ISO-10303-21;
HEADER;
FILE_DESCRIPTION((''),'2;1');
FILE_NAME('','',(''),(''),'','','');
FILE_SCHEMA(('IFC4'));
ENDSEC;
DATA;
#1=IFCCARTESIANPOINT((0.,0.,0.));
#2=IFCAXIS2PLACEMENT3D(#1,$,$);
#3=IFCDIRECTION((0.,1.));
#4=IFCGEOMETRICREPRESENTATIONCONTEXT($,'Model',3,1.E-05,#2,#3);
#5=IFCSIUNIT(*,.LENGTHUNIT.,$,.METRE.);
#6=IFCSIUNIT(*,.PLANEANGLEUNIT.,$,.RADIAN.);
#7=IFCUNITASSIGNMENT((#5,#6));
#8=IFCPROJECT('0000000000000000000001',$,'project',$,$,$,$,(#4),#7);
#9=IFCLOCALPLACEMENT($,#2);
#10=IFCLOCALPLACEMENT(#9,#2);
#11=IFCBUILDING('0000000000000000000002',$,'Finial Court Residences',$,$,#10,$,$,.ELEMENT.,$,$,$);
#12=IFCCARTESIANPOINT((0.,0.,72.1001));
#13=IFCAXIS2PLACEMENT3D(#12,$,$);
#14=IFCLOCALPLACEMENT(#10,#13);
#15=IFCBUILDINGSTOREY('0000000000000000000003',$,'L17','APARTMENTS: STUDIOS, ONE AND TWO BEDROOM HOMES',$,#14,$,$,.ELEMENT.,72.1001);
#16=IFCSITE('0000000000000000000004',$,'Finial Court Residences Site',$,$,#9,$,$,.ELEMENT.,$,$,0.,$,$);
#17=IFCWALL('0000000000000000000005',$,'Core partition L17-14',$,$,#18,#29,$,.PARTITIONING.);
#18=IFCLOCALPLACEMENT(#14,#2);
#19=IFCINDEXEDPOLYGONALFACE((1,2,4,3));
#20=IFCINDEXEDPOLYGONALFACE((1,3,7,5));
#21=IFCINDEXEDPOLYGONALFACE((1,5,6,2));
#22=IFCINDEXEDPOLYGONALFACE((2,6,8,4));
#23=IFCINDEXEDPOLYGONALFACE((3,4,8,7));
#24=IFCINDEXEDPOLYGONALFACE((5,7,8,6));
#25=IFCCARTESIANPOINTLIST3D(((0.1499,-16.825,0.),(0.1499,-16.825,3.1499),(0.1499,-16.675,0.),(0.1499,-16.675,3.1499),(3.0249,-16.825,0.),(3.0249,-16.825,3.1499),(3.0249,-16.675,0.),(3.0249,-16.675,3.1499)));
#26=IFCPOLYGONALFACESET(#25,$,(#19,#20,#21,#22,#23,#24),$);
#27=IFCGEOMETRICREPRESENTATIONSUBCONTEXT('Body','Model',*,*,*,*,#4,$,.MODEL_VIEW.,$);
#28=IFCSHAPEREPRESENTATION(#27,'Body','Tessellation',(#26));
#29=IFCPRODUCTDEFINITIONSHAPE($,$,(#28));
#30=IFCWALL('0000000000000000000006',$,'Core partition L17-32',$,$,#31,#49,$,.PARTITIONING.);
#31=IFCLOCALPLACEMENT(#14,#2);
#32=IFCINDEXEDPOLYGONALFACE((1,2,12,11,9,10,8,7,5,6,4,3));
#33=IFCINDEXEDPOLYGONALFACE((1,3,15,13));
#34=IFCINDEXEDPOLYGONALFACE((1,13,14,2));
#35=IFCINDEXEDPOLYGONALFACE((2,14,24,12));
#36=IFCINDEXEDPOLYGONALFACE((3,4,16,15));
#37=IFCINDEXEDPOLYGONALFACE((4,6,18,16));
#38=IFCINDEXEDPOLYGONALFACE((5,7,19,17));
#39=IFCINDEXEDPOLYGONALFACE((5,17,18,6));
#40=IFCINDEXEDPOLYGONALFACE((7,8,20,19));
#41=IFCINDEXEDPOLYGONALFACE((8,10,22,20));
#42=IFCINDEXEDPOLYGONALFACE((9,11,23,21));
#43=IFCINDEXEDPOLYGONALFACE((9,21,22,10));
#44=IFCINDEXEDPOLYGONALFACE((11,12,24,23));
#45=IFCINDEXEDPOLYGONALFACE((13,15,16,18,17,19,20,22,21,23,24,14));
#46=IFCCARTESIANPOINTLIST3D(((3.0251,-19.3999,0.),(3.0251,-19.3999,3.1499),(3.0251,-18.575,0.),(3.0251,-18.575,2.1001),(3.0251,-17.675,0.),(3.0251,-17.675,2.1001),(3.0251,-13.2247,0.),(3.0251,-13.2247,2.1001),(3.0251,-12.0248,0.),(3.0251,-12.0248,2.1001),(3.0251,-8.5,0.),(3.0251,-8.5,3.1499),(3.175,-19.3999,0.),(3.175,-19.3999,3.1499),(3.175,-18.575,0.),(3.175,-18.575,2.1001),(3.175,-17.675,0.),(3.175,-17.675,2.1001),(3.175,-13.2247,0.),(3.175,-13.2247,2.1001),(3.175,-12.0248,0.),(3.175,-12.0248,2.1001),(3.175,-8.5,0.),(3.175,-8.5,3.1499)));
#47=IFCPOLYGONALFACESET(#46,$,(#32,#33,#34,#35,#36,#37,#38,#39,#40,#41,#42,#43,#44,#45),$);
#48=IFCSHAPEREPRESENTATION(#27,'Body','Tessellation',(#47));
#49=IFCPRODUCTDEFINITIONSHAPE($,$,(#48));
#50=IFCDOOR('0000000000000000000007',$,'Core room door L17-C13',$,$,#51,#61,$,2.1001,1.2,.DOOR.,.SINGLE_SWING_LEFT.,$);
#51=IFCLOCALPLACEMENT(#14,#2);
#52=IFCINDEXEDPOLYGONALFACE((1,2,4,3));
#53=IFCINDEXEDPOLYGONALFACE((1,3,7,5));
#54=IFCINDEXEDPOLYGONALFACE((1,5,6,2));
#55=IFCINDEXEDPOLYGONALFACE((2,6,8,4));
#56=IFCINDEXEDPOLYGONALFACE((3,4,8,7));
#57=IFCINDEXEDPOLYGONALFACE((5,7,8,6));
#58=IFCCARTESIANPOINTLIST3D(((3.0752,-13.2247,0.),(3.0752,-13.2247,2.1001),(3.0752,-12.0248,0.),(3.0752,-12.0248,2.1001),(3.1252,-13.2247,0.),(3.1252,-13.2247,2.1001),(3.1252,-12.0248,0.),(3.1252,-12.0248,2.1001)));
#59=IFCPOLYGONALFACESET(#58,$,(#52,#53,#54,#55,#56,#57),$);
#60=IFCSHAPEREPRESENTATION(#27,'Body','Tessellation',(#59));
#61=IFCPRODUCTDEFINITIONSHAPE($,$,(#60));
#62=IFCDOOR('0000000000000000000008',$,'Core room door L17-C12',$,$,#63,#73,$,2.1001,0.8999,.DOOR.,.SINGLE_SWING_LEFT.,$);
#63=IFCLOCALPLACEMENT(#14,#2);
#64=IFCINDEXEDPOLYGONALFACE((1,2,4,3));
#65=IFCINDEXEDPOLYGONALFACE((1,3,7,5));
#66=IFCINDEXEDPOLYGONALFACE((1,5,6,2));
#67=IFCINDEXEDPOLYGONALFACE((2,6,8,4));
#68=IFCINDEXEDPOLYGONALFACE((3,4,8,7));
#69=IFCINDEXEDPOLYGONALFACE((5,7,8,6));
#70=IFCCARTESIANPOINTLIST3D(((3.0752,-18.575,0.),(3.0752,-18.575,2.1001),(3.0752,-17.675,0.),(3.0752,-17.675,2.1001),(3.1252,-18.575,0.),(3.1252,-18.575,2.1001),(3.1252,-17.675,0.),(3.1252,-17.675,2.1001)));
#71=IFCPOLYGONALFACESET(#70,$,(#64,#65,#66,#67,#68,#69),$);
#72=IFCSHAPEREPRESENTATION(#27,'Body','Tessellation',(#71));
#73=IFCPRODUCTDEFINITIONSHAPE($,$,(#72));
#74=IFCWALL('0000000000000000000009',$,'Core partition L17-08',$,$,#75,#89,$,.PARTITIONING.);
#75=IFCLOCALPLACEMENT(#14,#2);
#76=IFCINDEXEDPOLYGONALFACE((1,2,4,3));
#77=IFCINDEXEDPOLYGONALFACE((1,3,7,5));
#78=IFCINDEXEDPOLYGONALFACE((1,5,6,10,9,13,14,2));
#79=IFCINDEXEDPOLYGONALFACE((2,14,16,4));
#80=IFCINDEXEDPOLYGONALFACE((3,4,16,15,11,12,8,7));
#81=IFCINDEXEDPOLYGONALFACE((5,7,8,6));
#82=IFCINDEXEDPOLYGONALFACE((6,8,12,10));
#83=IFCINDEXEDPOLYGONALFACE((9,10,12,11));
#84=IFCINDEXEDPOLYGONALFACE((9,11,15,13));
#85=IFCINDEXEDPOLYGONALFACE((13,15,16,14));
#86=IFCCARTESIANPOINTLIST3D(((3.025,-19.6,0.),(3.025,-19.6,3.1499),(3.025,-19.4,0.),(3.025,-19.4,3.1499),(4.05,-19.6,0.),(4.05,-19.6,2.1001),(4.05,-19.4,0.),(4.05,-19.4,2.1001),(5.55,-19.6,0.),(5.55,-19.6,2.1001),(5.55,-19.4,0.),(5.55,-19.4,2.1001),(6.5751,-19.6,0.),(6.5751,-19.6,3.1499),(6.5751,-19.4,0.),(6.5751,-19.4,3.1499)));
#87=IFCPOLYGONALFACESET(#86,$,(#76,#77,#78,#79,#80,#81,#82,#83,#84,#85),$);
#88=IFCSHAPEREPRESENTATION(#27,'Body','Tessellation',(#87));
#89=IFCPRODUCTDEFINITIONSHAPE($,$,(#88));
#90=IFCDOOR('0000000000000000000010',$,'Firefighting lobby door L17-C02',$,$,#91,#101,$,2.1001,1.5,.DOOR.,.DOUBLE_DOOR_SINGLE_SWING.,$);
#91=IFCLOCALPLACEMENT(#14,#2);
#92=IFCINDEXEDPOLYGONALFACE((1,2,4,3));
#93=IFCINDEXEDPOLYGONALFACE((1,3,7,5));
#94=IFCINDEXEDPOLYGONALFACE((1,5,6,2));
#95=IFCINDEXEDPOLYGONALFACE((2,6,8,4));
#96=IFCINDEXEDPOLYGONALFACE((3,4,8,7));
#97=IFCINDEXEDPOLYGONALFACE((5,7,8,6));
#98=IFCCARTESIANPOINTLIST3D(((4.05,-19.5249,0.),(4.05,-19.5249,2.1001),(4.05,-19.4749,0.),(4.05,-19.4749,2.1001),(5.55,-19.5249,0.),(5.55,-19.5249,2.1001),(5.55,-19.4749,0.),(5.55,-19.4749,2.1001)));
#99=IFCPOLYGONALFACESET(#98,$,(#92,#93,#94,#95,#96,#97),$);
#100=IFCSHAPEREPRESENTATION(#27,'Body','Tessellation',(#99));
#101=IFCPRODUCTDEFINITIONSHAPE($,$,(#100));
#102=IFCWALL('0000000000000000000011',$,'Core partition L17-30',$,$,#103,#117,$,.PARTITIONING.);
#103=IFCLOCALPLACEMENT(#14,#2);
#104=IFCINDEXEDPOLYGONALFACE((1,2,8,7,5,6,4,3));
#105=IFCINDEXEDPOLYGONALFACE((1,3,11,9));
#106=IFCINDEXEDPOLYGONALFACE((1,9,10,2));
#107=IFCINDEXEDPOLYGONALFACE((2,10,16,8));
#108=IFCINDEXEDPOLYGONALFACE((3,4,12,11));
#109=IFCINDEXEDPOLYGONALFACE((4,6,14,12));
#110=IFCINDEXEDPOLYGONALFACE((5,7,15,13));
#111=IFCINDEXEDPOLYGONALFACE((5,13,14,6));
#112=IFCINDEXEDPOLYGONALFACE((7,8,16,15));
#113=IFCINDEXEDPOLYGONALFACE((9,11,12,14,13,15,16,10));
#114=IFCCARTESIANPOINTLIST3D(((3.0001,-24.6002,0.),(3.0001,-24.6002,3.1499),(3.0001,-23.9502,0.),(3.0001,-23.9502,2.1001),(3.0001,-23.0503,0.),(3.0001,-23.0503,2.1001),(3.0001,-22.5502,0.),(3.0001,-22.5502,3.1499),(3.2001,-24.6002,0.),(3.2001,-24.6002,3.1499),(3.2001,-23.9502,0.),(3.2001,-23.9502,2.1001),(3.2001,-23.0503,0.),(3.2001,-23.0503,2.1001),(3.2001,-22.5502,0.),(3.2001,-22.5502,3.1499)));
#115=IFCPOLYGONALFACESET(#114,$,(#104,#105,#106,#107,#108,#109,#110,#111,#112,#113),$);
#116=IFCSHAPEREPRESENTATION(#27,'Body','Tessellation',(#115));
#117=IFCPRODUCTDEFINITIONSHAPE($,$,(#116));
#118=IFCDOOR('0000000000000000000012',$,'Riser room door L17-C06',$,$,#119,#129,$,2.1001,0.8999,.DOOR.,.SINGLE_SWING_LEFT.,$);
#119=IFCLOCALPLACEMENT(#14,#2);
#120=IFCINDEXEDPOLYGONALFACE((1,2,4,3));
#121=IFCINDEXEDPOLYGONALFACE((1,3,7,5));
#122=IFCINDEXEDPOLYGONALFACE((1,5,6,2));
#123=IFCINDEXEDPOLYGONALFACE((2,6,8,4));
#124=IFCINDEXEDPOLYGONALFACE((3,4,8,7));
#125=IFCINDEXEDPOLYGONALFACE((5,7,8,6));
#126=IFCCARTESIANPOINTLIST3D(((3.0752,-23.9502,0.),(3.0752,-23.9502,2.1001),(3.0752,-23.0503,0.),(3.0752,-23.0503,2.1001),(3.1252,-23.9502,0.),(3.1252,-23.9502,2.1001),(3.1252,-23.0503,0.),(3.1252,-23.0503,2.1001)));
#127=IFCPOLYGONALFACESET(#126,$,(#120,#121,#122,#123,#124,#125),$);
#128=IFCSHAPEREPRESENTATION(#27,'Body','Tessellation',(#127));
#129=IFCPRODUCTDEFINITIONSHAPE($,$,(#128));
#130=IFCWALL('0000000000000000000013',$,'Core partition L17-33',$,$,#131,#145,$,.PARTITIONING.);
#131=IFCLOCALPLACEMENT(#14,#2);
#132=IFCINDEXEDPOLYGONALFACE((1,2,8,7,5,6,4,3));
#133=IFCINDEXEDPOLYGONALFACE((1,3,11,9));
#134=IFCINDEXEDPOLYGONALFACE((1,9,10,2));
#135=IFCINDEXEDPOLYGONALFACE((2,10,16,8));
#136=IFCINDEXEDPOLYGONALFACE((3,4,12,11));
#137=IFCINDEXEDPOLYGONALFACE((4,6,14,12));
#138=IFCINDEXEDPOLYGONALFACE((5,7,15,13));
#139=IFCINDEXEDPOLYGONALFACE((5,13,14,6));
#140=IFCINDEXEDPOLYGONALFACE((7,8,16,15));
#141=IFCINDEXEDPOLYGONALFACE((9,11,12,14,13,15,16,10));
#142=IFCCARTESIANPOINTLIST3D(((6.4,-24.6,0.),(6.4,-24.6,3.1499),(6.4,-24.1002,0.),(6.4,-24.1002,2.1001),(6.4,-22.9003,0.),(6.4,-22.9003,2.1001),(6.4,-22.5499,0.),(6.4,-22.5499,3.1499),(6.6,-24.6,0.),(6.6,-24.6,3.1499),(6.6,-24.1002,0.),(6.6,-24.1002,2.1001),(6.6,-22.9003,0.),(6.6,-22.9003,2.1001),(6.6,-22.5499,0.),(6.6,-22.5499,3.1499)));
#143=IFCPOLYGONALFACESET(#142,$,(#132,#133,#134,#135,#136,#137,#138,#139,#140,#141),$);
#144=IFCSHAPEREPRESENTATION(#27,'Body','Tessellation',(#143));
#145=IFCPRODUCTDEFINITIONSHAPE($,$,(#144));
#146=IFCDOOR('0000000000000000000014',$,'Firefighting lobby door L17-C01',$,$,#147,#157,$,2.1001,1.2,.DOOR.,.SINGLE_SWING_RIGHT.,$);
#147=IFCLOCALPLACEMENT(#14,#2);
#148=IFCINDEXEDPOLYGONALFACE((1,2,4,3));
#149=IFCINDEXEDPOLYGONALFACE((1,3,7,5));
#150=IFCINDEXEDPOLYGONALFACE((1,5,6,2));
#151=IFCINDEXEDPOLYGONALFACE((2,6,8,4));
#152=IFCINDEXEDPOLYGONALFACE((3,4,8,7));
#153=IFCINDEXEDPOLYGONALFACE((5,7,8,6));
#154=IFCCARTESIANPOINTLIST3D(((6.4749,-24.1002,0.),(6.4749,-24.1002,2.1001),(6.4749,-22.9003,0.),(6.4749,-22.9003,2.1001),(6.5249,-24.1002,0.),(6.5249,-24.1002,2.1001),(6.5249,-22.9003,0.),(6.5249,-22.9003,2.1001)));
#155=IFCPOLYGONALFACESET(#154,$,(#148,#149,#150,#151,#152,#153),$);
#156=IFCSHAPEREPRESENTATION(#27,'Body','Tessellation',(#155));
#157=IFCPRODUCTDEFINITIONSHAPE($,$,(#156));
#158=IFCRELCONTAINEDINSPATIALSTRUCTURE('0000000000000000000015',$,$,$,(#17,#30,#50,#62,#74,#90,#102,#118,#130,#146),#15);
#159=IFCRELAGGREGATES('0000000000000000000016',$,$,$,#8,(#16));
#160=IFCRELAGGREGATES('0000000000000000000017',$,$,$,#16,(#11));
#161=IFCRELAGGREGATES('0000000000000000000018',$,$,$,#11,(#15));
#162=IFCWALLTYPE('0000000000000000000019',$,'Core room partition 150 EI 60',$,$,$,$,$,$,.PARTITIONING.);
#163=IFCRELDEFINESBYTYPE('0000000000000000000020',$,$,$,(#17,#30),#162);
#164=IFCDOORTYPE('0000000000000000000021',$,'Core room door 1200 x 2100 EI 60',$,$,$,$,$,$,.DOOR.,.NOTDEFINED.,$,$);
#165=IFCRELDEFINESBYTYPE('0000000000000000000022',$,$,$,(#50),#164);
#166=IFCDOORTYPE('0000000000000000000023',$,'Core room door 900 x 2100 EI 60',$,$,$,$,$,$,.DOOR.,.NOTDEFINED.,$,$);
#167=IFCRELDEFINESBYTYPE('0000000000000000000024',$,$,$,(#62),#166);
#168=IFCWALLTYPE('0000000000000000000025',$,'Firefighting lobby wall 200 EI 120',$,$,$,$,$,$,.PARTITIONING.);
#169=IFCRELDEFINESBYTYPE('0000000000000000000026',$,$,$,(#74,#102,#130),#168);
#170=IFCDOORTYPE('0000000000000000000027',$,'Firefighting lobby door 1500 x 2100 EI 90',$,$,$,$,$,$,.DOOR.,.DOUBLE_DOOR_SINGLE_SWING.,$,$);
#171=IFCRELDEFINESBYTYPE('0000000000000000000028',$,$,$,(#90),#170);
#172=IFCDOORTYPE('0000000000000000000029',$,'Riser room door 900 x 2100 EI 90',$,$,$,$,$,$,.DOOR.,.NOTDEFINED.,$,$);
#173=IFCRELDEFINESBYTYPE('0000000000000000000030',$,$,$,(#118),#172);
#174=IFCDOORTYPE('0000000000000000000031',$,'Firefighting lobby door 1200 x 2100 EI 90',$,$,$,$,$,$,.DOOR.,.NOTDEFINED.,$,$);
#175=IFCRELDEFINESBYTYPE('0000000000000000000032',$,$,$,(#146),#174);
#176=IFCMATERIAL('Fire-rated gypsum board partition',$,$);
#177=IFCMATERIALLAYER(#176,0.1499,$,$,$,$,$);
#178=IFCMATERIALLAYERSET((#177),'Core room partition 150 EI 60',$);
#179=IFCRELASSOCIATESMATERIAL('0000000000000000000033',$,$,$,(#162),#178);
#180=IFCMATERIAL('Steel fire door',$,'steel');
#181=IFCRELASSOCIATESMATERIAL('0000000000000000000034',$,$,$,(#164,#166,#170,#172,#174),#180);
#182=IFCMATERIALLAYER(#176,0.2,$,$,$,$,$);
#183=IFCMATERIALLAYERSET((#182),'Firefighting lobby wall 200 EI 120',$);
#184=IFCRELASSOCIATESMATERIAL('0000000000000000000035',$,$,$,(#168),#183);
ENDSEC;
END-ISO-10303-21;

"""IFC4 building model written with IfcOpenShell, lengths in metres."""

from ifc_helpers import new_model, si_unit, direction, frame, frame_2d, origin, place, context, subcontext, project, spatial, rectangle, extrude, material, layer, layer_set, type_object, element, fill, save


model = new_model("IFC4")

# Units and contexts
model_context = context("Model", 3, precision=1e-05, world=origin(), true_north=direction((0.0, 1.0)))
body_context = subcontext(model_context, "Body", "Model", "MODEL_VIEW")
ifc_project = project(units=[si_unit("LENGTHUNIT", "METRE"), si_unit("PLANEANGLEUNIT", "RADIAN")], contexts=[model_context])

# Site, building, storey
site_placement = place(None, origin())
site = spatial("IfcSite", under=ifc_project, at=site_placement, Name="Finial Court Residences Site", CompositionType="ELEMENT", RefElevation=0.0)
building_placement = place(site_placement, origin())
building = spatial("IfcBuilding", under=site, at=building_placement, Name="Finial Court Residences", CompositionType="ELEMENT")
storey_placement = place(building_placement, frame((0.0, 0.0, 72.1001)))
storey = spatial("IfcBuildingStorey", under=building, at=storey_placement, Name="L17", Description="APARTMENTS: STUDIOS, ONE AND TWO BEDROOM HOMES", CompositionType="ELEMENT", Elevation=72.1001)

# Wall
ifc_material_1 = material(Name="Fire-rated gypsum board partition")
ifc_layer_1 = layer(ifc_material_1, 0.1499)
ifc_layer_set_1 = layer_set([ifc_layer_1], Name="Core room partition 150 EI 60")
wall_type_1 = type_object("IfcWallType", Name="Core room partition 150 EI 60", PredefinedType="PARTITIONING", material=ifc_layer_set_1)
wall_1_placement = place(storey_placement, frame((0.1499, -16.75, 0.0), z_axis=(0.0, 0.0, 1.0), x_axis=(1.0, 0.0, 0.0)))
element("IfcWall", 1, at=wall_1_placement, inside=storey, type_object=wall_type_1, Name="Core partition L17-14", PredefinedType="PARTITIONING", context=body_context, shape_type="SweptSolid", body=[
    extrude(rectangle(XDim=2.875, YDim=0.1499, at=frame_2d((1.4375, 0.0))), origin(), (0.0, 0.0, 1.0), 3.1499),
])

# Wall, openings, doors
wall_2_placement = place(storey_placement, frame((3.1001, -19.3999, 0.0), z_axis=(0.0, 0.0, 1.0), x_axis=(0.0, 1.0, 0.0)))
wall_2 = element("IfcWall", 2, at=wall_2_placement, inside=storey, type_object=wall_type_1, Name="Core partition L17-32", PredefinedType="PARTITIONING", context=body_context, shape_type="SweptSolid", body=[
    extrude(rectangle(XDim=10.8999, YDim=0.1499, at=frame_2d((5.45, 0.0))), origin(), (0.0, 0.0, 1.0), 3.1499),
])
opening_1_placement = place(wall_2_placement, frame((0.825, 0.0, 0.0)))
opening_1 = element("IfcOpeningElement", 3, at=opening_1_placement, cuts=wall_2, PredefinedType="OPENING", context=body_context, shape_type="SweptSolid", body=[
    extrude(rectangle(XDim=0.8999, YDim=2.1001, at=frame_2d((0.45, 1.05))), frame((0.0, 0.085, 0.0), z_axis=(0.0, -1.0, 0.0), x_axis=(1.0, 0.0, 0.0)), (0.0, 0.0, 1.0), 0.1699),
])
opening_2_placement = place(wall_2_placement, frame((6.175, 0.0, 0.0)))
opening_2 = element("IfcOpeningElement", 4, at=opening_2_placement, cuts=wall_2, PredefinedType="OPENING", context=body_context, shape_type="SweptSolid", body=[
    extrude(rectangle(XDim=1.2, YDim=2.1001, at=frame_2d((0.6001, 1.05))), frame((0.0, 0.085, 0.0), z_axis=(0.0, -1.0, 0.0), x_axis=(1.0, 0.0, 0.0)), (0.0, 0.0, 1.0), 0.1699),
])
ifc_material_2 = material(Name="Steel fire door", Category="steel")
door_type_1 = type_object("IfcDoorType", Name="Core room door 1200 x 2100 EI 60", OperationType="NOTDEFINED", PredefinedType="DOOR", material=ifc_material_2)
door_1_placement = place(opening_2_placement, origin())
door_1 = element("IfcDoor", 5, at=door_1_placement, inside=storey, type_object=door_type_1, Name="Core room door L17-C13", OperationType="SINGLE_SWING_LEFT", OverallHeight=2.1001, OverallWidth=1.2, PredefinedType="DOOR", context=body_context, shape_type="SweptSolid", body=[
    extrude(rectangle(XDim=1.2, YDim=2.1001, at=frame_2d((0.6001, 1.05))), frame((0.0, 0.0249, 0.0), z_axis=(0.0, -1.0, 0.0), x_axis=(1.0, 0.0, 0.0)), (0.0, 0.0, 1.0), 0.05),
])
fill(opening_2, door_1)
door_type_2 = type_object("IfcDoorType", Name="Core room door 900 x 2100 EI 60", OperationType="NOTDEFINED", PredefinedType="DOOR", material=ifc_material_2)
door_2_placement = place(opening_1_placement, origin())
door_2 = element("IfcDoor", 6, at=door_2_placement, inside=storey, type_object=door_type_2, Name="Core room door L17-C12", OperationType="SINGLE_SWING_LEFT", OverallHeight=2.1001, OverallWidth=0.8999, PredefinedType="DOOR", context=body_context, shape_type="SweptSolid", body=[
    extrude(rectangle(XDim=0.8999, YDim=2.1001, at=frame_2d((0.45, 1.05))), frame((0.0, 0.0249, 0.0), z_axis=(0.0, -1.0, 0.0), x_axis=(1.0, 0.0, 0.0)), (0.0, 0.0, 1.0), 0.05),
])
fill(opening_1, door_2)

# Walls, openings, doors
ifc_layer_2 = layer(ifc_material_1, 0.2)
ifc_layer_set_2 = layer_set([ifc_layer_2], Name="Firefighting lobby wall 200 EI 120")
wall_type_2 = type_object("IfcWallType", Name="Firefighting lobby wall 200 EI 120", PredefinedType="PARTITIONING", material=ifc_layer_set_2)
wall_3_placement = place(storey_placement, frame((6.575, -19.5, 0.0), z_axis=(0.0, 0.0, 1.0), x_axis=(-1.0, 0.0, 0.0)))
wall_3 = element("IfcWall", 7, at=wall_3_placement, inside=storey, type_object=wall_type_2, Name="Core partition L17-08", PredefinedType="PARTITIONING", context=body_context, shape_type="SweptSolid", body=[
    extrude(rectangle(XDim=3.55, YDim=0.2, at=frame_2d((1.7749, 0.0))), origin(), (0.0, 0.0, 1.0), 3.1499),
])
opening_3_placement = place(wall_3_placement, frame((1.0249, 0.0, 0.0)))
opening_3 = element("IfcOpeningElement", 8, at=opening_3_placement, cuts=wall_3, PredefinedType="OPENING", context=body_context, shape_type="SweptSolid", body=[
    extrude(rectangle(XDim=1.5, YDim=2.1001, at=frame_2d((0.75, 1.05))), frame((0.0, 0.1099, 0.0), z_axis=(0.0, -1.0, 0.0), x_axis=(1.0, 0.0, 0.0)), (0.0, 0.0, 1.0), 0.22),
])
door_type_3 = type_object("IfcDoorType", Name="Firefighting lobby door 1500 x 2100 EI 90", OperationType="DOUBLE_DOOR_SINGLE_SWING", PredefinedType="DOOR", material=ifc_material_2)
door_3_placement = place(opening_3_placement, origin())
door_3 = element("IfcDoor", 9, at=door_3_placement, inside=storey, type_object=door_type_3, Name="Firefighting lobby door L17-C02", OperationType="DOUBLE_DOOR_SINGLE_SWING", OverallHeight=2.1001, OverallWidth=1.5, PredefinedType="DOOR", context=body_context, shape_type="SweptSolid", body=[
    extrude(rectangle(XDim=1.5, YDim=2.1001, at=frame_2d((0.75, 1.05))), frame((0.0, 0.0249, 0.0), z_axis=(0.0, -1.0, 0.0), x_axis=(1.0, 0.0, 0.0)), (0.0, 0.0, 1.0), 0.05),
])
fill(opening_3, door_3)
wall_4_placement = place(storey_placement, frame((3.1001, -24.6001, 0.0), z_axis=(0.0, 0.0, 1.0), x_axis=(0.0, 1.0, 0.0)))
wall_4 = element("IfcWall", 10, at=wall_4_placement, inside=storey, type_object=wall_type_2, Name="Core partition L17-30", PredefinedType="PARTITIONING", context=body_context, shape_type="SweptSolid", body=[
    extrude(rectangle(XDim=2.05, YDim=0.2, at=frame_2d((1.0249, 0.0))), origin(), (0.0, 0.0, 1.0), 3.1499),
])
opening_4_placement = place(wall_4_placement, frame((0.6499, 0.0, 0.0)))
opening_4 = element("IfcOpeningElement", 11, at=opening_4_placement, cuts=wall_4, PredefinedType="OPENING", context=body_context, shape_type="SweptSolid", body=[
    extrude(rectangle(XDim=0.8999, YDim=2.1001, at=frame_2d((0.45, 1.05))), frame((0.0, 0.1099, 0.0), z_axis=(0.0, -1.0, 0.0), x_axis=(1.0, 0.0, 0.0)), (0.0, 0.0, 1.0), 0.22),
])
door_type_4 = type_object("IfcDoorType", Name="Riser room door 900 x 2100 EI 90", OperationType="NOTDEFINED", PredefinedType="DOOR", material=ifc_material_2)
door_4_placement = place(opening_4_placement, origin())
door_4 = element("IfcDoor", 12, at=door_4_placement, inside=storey, type_object=door_type_4, Name="Riser room door L17-C06", OperationType="SINGLE_SWING_LEFT", OverallHeight=2.1001, OverallWidth=0.8999, PredefinedType="DOOR", context=body_context, shape_type="SweptSolid", body=[
    extrude(rectangle(XDim=0.8999, YDim=2.1001, at=frame_2d((0.45, 1.05))), frame((0.0, 0.0249, 0.0), z_axis=(0.0, -1.0, 0.0), x_axis=(1.0, 0.0, 0.0)), (0.0, 0.0, 1.0), 0.05),
])
fill(opening_4, door_4)
wall_5_placement = place(storey_placement, frame((6.5, -22.55, 0.0), z_axis=(0.0, 0.0, 1.0), x_axis=(0.0, -1.0, 0.0)))
wall_5 = element("IfcWall", 13, at=wall_5_placement, inside=storey, type_object=wall_type_2, Name="Core partition L17-33", PredefinedType="PARTITIONING", context=body_context, shape_type="SweptSolid", body=[
    extrude(rectangle(XDim=2.05, YDim=0.2, at=frame_2d((1.0249, 0.0))), origin(), (0.0, 0.0, 1.0), 3.1499),
])
opening_5_placement = place(wall_5_placement, frame((0.3501, 0.0, 0.0)))
opening_5 = element("IfcOpeningElement", 14, at=opening_5_placement, cuts=wall_5, PredefinedType="OPENING", context=body_context, shape_type="SweptSolid", body=[
    extrude(rectangle(XDim=1.2, YDim=2.1001, at=frame_2d((0.6001, 1.05))), frame((0.0, 0.1099, 0.0), z_axis=(0.0, -1.0, 0.0), x_axis=(1.0, 0.0, 0.0)), (0.0, 0.0, 1.0), 0.22),
])
door_type_5 = type_object("IfcDoorType", Name="Firefighting lobby door 1200 x 2100 EI 90", OperationType="NOTDEFINED", PredefinedType="DOOR", material=ifc_material_2)
door_5_placement = place(opening_5_placement, origin())
door_5 = element("IfcDoor", 15, at=door_5_placement, inside=storey, type_object=door_type_5, Name="Firefighting lobby door L17-C01", OperationType="SINGLE_SWING_RIGHT", OverallHeight=2.1001, OverallWidth=1.2, PredefinedType="DOOR", context=body_context, shape_type="SweptSolid", body=[
    extrude(rectangle(XDim=1.2, YDim=2.1001, at=frame_2d((0.6001, 1.05))), frame((0.0, 0.0249, 0.0), z_axis=(0.0, -1.0, 0.0), x_axis=(1.0, 0.0, 0.0)), (0.0, 0.0, 1.0), 0.05),
])
fill(opening_5, door_5)

save(model, "model.ifc")
